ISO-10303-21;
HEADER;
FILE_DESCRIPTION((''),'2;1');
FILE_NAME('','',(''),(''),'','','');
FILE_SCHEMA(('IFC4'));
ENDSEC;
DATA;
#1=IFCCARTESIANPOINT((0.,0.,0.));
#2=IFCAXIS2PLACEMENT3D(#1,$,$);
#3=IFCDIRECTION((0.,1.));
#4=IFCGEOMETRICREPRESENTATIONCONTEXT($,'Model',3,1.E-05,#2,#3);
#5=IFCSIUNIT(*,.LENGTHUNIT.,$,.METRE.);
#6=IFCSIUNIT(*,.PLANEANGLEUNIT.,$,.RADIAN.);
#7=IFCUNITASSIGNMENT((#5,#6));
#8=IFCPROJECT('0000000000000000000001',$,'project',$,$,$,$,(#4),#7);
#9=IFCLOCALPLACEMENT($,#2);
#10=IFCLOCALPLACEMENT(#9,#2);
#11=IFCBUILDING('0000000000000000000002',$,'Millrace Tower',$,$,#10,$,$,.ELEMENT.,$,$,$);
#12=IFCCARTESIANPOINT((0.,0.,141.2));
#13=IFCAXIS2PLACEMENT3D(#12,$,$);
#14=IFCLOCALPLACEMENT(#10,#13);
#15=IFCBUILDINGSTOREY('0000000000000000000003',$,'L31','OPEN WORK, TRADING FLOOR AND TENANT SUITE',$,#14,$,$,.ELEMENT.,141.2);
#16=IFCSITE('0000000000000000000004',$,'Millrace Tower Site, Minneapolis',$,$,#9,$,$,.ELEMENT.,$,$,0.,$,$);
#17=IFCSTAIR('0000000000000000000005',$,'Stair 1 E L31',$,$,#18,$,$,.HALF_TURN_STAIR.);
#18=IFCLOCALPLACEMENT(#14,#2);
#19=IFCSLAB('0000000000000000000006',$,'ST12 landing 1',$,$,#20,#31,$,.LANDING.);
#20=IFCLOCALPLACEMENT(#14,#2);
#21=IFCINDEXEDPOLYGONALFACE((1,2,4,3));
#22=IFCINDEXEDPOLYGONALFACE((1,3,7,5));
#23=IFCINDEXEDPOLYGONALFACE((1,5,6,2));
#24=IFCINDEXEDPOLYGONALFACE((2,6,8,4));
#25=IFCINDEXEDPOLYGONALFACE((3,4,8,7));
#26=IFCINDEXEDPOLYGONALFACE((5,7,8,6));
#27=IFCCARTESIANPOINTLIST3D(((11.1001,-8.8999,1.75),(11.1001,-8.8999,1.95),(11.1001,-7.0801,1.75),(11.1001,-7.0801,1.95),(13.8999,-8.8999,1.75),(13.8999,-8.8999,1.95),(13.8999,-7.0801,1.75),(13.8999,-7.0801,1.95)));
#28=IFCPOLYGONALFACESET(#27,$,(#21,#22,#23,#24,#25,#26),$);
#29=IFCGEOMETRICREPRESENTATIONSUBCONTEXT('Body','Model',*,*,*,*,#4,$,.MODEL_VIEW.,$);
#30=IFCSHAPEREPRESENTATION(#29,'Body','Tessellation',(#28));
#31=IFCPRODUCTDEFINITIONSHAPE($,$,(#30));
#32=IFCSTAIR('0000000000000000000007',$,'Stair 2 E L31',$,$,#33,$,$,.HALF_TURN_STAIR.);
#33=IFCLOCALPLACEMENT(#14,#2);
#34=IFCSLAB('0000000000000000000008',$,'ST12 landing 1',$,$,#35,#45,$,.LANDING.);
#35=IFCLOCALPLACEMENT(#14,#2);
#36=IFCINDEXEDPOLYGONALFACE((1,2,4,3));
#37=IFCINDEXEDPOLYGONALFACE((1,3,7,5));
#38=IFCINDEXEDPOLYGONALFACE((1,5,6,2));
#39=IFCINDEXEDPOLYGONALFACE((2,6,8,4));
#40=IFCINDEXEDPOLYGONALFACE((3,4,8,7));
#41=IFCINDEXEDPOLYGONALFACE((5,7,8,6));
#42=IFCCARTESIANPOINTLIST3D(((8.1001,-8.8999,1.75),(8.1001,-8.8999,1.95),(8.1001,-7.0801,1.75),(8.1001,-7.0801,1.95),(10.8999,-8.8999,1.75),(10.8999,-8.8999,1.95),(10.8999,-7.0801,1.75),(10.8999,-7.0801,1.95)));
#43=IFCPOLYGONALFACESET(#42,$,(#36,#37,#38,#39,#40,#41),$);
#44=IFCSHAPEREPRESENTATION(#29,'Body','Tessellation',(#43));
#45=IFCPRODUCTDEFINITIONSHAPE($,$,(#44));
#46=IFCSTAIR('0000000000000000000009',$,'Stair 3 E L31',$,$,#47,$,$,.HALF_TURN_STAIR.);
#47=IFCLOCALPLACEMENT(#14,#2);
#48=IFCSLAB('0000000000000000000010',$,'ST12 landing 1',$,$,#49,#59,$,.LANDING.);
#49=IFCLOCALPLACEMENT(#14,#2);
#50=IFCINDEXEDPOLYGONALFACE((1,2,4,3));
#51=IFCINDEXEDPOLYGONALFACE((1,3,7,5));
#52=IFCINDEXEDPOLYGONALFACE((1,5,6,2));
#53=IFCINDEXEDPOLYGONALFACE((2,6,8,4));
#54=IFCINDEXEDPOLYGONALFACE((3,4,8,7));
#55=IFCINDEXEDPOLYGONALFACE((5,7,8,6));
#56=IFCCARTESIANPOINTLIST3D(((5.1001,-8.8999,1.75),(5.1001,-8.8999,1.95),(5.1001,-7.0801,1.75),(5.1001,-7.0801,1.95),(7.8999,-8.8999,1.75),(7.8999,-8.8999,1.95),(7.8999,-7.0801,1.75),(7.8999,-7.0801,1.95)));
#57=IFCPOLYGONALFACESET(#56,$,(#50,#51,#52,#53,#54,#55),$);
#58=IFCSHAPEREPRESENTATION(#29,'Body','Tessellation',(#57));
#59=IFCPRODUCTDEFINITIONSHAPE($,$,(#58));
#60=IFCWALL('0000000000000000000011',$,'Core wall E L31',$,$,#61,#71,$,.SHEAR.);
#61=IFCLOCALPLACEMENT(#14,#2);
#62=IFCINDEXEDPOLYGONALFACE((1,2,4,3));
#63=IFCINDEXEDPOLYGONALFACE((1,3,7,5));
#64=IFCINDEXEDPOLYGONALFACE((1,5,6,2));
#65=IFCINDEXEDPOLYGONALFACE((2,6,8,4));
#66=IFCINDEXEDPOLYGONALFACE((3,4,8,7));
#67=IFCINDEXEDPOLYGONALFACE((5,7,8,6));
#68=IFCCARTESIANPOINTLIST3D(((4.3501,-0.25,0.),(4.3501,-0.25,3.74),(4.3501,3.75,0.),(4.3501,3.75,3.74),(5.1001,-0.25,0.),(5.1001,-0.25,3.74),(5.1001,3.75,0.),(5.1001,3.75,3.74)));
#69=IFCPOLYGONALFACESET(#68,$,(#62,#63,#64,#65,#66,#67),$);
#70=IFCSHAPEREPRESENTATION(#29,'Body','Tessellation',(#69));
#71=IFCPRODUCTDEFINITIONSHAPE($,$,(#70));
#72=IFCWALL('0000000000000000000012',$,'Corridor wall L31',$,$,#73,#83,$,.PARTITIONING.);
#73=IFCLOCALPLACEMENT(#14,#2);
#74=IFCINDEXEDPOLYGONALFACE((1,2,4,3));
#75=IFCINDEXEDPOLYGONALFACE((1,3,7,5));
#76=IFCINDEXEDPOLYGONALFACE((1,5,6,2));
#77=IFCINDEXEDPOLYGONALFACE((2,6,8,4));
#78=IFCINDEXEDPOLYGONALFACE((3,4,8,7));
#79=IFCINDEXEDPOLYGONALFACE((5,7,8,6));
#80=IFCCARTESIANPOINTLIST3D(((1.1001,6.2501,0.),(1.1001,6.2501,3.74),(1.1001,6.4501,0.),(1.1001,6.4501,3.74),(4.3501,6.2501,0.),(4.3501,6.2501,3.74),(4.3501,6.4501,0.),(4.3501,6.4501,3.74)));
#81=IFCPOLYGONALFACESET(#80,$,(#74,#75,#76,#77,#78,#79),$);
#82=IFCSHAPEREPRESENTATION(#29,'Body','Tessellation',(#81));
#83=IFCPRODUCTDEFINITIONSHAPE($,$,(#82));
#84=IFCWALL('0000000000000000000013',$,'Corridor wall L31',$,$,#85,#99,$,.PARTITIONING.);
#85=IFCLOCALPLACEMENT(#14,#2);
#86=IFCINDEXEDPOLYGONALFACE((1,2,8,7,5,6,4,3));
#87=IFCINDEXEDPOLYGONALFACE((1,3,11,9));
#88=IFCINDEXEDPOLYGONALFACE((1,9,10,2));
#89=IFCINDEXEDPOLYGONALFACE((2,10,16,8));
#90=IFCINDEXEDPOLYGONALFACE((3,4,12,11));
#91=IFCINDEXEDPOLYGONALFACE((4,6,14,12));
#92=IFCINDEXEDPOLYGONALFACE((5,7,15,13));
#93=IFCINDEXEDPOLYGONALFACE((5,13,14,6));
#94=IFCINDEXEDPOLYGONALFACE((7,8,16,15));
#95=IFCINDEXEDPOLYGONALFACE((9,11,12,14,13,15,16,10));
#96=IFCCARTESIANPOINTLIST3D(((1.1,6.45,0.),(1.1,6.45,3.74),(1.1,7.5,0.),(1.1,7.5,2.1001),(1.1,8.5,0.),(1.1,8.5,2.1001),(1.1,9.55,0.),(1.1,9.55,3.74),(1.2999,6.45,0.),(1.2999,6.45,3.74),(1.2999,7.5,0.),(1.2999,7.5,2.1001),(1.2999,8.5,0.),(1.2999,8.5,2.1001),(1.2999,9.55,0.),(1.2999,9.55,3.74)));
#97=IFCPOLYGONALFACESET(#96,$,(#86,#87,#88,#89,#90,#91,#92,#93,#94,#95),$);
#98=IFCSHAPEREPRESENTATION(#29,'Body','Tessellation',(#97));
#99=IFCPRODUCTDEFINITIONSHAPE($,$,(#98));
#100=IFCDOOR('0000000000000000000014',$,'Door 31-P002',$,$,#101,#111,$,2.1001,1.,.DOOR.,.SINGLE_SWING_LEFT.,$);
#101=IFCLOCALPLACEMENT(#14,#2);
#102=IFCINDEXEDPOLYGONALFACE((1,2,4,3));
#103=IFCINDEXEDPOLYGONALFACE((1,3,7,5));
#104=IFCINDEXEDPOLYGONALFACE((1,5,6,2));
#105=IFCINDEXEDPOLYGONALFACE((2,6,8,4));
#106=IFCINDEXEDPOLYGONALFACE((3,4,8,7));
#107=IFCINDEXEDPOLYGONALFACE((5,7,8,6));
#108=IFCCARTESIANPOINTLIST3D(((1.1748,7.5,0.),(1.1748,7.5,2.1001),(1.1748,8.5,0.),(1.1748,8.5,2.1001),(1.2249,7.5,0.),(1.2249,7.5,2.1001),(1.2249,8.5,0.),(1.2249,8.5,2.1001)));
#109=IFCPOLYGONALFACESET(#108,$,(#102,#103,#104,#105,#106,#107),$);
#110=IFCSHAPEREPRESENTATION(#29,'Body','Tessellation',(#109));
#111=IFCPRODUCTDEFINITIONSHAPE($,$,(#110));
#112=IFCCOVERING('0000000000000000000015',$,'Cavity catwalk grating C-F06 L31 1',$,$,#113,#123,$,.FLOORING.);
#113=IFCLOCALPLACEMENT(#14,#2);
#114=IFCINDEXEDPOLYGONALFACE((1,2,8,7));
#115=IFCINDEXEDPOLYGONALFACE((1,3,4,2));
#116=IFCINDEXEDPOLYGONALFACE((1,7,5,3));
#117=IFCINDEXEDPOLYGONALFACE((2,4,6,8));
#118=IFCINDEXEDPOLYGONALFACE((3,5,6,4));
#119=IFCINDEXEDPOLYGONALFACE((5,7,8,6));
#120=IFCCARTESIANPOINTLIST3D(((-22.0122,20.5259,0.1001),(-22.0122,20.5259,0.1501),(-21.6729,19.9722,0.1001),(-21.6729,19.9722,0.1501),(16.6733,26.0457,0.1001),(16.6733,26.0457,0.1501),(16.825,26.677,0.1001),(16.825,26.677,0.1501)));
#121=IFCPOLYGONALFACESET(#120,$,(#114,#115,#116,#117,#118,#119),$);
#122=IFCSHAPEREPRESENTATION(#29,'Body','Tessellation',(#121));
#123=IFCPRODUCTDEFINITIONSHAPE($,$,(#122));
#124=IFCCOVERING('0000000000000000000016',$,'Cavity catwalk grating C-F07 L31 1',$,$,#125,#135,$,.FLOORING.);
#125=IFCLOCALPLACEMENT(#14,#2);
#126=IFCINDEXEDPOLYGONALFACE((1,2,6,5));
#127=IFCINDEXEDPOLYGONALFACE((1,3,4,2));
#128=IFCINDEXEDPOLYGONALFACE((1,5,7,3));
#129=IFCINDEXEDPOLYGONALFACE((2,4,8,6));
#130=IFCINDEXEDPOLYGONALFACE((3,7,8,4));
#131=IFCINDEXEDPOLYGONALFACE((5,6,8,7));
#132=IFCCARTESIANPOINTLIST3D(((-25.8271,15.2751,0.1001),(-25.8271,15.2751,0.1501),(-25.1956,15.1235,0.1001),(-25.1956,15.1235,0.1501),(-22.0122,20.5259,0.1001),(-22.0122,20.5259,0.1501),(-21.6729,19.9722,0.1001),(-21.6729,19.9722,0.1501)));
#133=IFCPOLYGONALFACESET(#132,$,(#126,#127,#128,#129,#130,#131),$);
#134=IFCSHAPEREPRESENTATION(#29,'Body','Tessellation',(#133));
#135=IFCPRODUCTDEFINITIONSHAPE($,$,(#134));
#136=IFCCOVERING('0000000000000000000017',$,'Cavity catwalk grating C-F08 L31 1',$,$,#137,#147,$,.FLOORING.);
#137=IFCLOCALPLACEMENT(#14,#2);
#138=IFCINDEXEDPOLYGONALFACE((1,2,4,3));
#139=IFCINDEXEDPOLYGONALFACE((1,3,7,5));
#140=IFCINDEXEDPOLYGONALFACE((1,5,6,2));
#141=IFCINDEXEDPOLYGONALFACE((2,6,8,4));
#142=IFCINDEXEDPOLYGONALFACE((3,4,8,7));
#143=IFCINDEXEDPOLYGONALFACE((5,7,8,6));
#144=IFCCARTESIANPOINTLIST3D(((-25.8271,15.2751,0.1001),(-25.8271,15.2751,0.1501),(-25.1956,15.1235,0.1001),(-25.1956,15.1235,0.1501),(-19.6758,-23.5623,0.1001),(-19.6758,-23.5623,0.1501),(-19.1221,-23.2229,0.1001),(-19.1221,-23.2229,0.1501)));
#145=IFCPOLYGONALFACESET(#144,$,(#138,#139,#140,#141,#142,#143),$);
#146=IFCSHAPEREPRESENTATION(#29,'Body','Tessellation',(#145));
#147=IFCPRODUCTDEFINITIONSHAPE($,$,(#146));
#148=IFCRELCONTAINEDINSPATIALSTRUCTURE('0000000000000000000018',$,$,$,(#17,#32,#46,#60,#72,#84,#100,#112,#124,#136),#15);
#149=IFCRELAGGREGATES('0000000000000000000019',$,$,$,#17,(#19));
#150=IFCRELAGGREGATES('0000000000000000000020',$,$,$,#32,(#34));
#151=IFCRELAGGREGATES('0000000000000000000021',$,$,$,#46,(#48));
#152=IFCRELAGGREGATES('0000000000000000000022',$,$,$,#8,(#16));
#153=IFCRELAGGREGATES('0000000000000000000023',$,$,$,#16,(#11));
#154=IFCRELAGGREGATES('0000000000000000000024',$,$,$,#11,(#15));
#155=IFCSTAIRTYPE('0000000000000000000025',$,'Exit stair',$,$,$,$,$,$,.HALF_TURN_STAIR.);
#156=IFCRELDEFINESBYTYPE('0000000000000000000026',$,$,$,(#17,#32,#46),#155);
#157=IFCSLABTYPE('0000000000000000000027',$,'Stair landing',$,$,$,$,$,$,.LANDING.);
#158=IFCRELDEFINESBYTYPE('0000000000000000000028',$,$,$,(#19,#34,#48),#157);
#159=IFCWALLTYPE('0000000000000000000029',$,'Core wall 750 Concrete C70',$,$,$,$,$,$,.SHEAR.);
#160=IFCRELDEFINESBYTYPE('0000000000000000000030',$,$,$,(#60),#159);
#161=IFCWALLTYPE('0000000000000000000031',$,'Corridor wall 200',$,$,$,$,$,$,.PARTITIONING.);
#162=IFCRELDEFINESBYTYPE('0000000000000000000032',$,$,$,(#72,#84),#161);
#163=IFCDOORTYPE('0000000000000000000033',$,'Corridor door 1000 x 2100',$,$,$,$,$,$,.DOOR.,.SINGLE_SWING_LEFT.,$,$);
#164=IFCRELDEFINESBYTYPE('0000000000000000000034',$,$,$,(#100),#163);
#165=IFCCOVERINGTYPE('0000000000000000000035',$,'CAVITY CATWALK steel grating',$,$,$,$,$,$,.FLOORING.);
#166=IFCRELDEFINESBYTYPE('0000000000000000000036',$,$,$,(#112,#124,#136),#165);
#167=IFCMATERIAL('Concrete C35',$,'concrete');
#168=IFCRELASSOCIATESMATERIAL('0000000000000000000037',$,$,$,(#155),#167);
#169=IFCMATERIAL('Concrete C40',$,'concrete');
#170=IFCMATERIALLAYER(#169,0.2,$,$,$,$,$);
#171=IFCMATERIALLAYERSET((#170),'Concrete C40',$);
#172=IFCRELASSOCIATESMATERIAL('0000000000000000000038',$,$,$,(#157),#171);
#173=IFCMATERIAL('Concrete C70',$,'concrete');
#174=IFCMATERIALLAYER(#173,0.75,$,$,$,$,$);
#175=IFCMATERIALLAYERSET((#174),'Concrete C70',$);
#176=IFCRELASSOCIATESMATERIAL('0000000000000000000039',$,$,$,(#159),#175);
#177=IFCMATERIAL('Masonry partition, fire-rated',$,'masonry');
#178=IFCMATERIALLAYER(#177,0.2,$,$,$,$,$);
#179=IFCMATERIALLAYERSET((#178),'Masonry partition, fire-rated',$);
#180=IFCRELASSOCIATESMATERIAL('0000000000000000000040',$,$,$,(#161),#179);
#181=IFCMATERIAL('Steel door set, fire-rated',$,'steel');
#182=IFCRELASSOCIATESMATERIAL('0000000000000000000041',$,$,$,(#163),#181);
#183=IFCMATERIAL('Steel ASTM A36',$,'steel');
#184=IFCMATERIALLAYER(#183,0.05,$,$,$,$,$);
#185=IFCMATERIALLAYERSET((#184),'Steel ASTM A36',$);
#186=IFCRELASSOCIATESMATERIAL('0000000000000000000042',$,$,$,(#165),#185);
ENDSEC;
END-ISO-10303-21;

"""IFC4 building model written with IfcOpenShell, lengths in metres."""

from ifc_helpers import new_model, si_unit, direction, frame, frame_2d, origin, place, context, subcontext, project, spatial, polyline, rectangle, outline, extrude, material, layer, layer_set, type_object, element, fill, aggregate, save


model = new_model("IFC4")

# Units and contexts
model_context = context("Model", 3, precision=1e-05, world=origin(), true_north=direction((0.0, 1.0)))
body_context = subcontext(model_context, "Body", "Model", "MODEL_VIEW")
ifc_project = project(units=[si_unit("LENGTHUNIT", "METRE"), si_unit("PLANEANGLEUNIT", "RADIAN")], contexts=[model_context])

# Site, building, storey
site_placement = place(None, origin())
site = spatial("IfcSite", under=ifc_project, at=site_placement, Name="Millrace Tower Site, Minneapolis", CompositionType="ELEMENT", RefElevation=0.0)
building_placement = place(site_placement, origin())
building = spatial("IfcBuilding", under=site, at=building_placement, Name="Millrace Tower", CompositionType="ELEMENT")
storey_placement = place(building_placement, frame((0.0, 0.0, 141.2)))
storey = spatial("IfcBuildingStorey", under=building, at=storey_placement, Name="L31", Description="OPEN WORK, TRADING FLOOR AND TENANT SUITE", CompositionType="ELEMENT", Elevation=141.2)

# Shared definitions
placement_1 = place(storey_placement, origin())

# Stairs, slabs
ifc_material_1 = material(Name="Concrete C35", Category="concrete")
stair_type = type_object("IfcStairType", Name="Exit stair", PredefinedType="HALF_TURN_STAIR", material=ifc_material_1)
ifc_material_2 = material(Name="Concrete C40", Category="concrete")
ifc_layer_1 = layer(ifc_material_2, 0.2)
ifc_layer_set_1 = layer_set([ifc_layer_1], Name="Concrete C40")
slab_type = type_object("IfcSlabType", Name="Stair landing", PredefinedType="LANDING", material=ifc_layer_set_1)
placement_2 = place(storey_placement, frame((0.0, 0.0, 1.75)))
stair_1 = element("IfcStair", 1, at=placement_1, inside=storey, type_object=stair_type, Name="Stair 1 E L31", PredefinedType="HALF_TURN_STAIR")
slab_1 = element("IfcSlab", 2, at=placement_2, type_object=slab_type, Name="ST12 landing 1", PredefinedType="LANDING", context=body_context, shape_type="SweptSolid", body=[
    extrude(outline(polyline([(11.1001, -8.8999), (13.8999, -8.8999), (13.8999, -7.0801), (11.1001, -7.0801), (11.1001, -8.8999)])), origin(), (0.0, 0.0, 1.0), 0.2),
])
aggregate(stair_1, [slab_1])
stair_2 = element("IfcStair", 3, at=placement_1, inside=storey, type_object=stair_type, Name="Stair 2 E L31", PredefinedType="HALF_TURN_STAIR")
slab_2 = element("IfcSlab", 4, at=placement_2, type_object=slab_type, Name="ST12 landing 1", PredefinedType="LANDING", context=body_context, shape_type="SweptSolid", body=[
    extrude(outline(polyline([(8.1001, -8.8999), (10.8999, -8.8999), (10.8999, -7.0801), (8.1001, -7.0801), (8.1001, -8.8999)])), origin(), (0.0, 0.0, 1.0), 0.2),
])
aggregate(stair_2, [slab_2])
stair_3 = element("IfcStair", 5, at=placement_1, inside=storey, type_object=stair_type, Name="Stair 3 E L31", PredefinedType="HALF_TURN_STAIR")
slab_3 = element("IfcSlab", 6, at=placement_2, type_object=slab_type, Name="ST12 landing 1", PredefinedType="LANDING", context=body_context, shape_type="SweptSolid", body=[
    extrude(outline(polyline([(5.1001, -8.8999), (7.8999, -8.8999), (7.8999, -7.0801), (5.1001, -7.0801), (5.1001, -8.8999)])), origin(), (0.0, 0.0, 1.0), 0.2),
])
aggregate(stair_3, [slab_3])

# Walls
ifc_material_3 = material(Name="Concrete C70", Category="concrete")
ifc_layer_2 = layer(ifc_material_3, 0.75)
ifc_layer_set_2 = layer_set([ifc_layer_2], Name="Concrete C70")
wall_type_1 = type_object("IfcWallType", Name="Core wall 750 Concrete C70", PredefinedType="SHEAR", material=ifc_layer_set_2)
wall_1_placement = place(storey_placement, frame((4.7251, 3.75, 0.0), z_axis=(0.0, 0.0, 1.0), x_axis=(0.0, -1.0, 0.0)))
element("IfcWall", 7, at=wall_1_placement, inside=storey, type_object=wall_type_1, Name="Core wall E L31", PredefinedType="SHEAR", context=body_context, shape_type="SweptSolid", body=[
    extrude(rectangle(XDim=4.0, YDim=0.75, at=frame_2d((2.0, 0.0))), origin(), (0.0, 0.0, 1.0), 3.74),
])
ifc_material_4 = material(Name="Masonry partition, fire-rated", Category="masonry")
ifc_layer_3 = layer(ifc_material_4, 0.2)
ifc_layer_set_3 = layer_set([ifc_layer_3], Name="Masonry partition, fire-rated")
wall_type_2 = type_object("IfcWallType", Name="Corridor wall 200", PredefinedType="PARTITIONING", material=ifc_layer_set_3)
wall_2_placement = place(storey_placement, frame((1.1001, 6.3501, 0.0), z_axis=(0.0, 0.0, 1.0), x_axis=(1.0, 0.0, 0.0)))
element("IfcWall", 8, at=wall_2_placement, inside=storey, type_object=wall_type_2, Name="Corridor wall L31", PredefinedType="PARTITIONING", context=body_context, shape_type="SweptSolid", body=[
    extrude(rectangle(XDim=3.25, YDim=0.2, at=frame_2d((1.625, 0.0))), origin(), (0.0, 0.0, 1.0), 3.74),
])

# Wall, opening, door
wall_3_placement = place(storey_placement, frame((1.2, 6.45, 0.0), z_axis=(0.0, 0.0, 1.0), x_axis=(0.0, 1.0, 0.0)))
wall_3 = element("IfcWall", 9, at=wall_3_placement, inside=storey, type_object=wall_type_2, Name="Corridor wall L31", PredefinedType="PARTITIONING", context=body_context, shape_type="SweptSolid", body=[
    extrude(rectangle(XDim=3.1001, YDim=0.2, at=frame_2d((1.55, 0.0))), origin(), (0.0, 0.0, 1.0), 3.74),
])
opening_placement = place(wall_3_placement, frame((1.05, 0.0, 0.0)))
opening = element("IfcOpeningElement", 10, at=opening_placement, cuts=wall_3, PredefinedType="OPENING", context=body_context, shape_type="SweptSolid", body=[
    extrude(rectangle(XDim=1.0, YDim=2.1001, at=frame_2d((0.5, 1.05))), frame((0.0, 0.1099, 0.0), z_axis=(0.0, -1.0, 0.0), x_axis=(1.0, 0.0, 0.0)), (0.0, 0.0, 1.0), 0.22),
])
ifc_material_5 = material(Name="Steel door set, fire-rated", Category="steel")
door_type = type_object("IfcDoorType", Name="Corridor door 1000 x 2100", OperationType="SINGLE_SWING_LEFT", PredefinedType="DOOR", material=ifc_material_5)
door_placement = place(opening_placement, frame((1.0, 0.0, 0.0), z_axis=(0.0, 0.0, 1.0), x_axis=(-1.0, 0.0, 0.0)))
door = element("IfcDoor", 11, at=door_placement, inside=storey, type_object=door_type, Name="Door 31-P002", OperationType="SINGLE_SWING_LEFT", OverallHeight=2.1001, OverallWidth=1.0, PredefinedType="DOOR", context=body_context, shape_type="SweptSolid", body=[
    extrude(rectangle(XDim=1.0, YDim=2.1001, at=frame_2d((0.5, 1.05))), frame((0.0, 0.0249, 0.0), z_axis=(0.0, -1.0, 0.0), x_axis=(1.0, 0.0, 0.0)), (0.0, 0.0, 1.0), 0.05),
])
fill(opening, door)

# Coverings
ifc_material_6 = material(Name="Steel ASTM A36", Category="steel")
ifc_layer_4 = layer(ifc_material_6, 0.05)
ifc_layer_set_4 = layer_set([ifc_layer_4], Name="Steel ASTM A36")
covering_type = type_object("IfcCoveringType", Name="CAVITY CATWALK steel grating", PredefinedType="FLOORING", material=ifc_layer_set_4)
placement_3 = place(storey_placement, frame((0.0, 0.0, 0.1001)))
element("IfcCovering", 12, at=placement_3, inside=storey, type_object=covering_type, Name="Cavity catwalk grating C-F06 L31 1", PredefinedType="FLOORING", context=body_context, shape_type="SweptSolid", body=[
    extrude(outline(polyline([(16.825, 26.677), (-22.0122, 20.5259), (-21.6729, 19.9722), (16.6733, 26.0457), (16.825, 26.677)])), origin(), (0.0, 0.0, 1.0), 0.05),
])
element("IfcCovering", 13, at=placement_3, inside=storey, type_object=covering_type, Name="Cavity catwalk grating C-F07 L31 1", PredefinedType="FLOORING", context=body_context, shape_type="SweptSolid", body=[
    extrude(outline(polyline([(-22.0122, 20.5259), (-25.8271, 15.2751), (-25.1956, 15.1235), (-21.6729, 19.9722), (-22.0122, 20.5259)])), origin(), (0.0, 0.0, 1.0), 0.05),
])
element("IfcCovering", 14, at=placement_3, inside=storey, type_object=covering_type, Name="Cavity catwalk grating C-F08 L31 1", PredefinedType="FLOORING", context=body_context, shape_type="SweptSolid", body=[
    extrude(outline(polyline([(-25.8271, 15.2751), (-19.6758, -23.5623), (-19.1221, -23.2229), (-25.1956, 15.1235), (-25.8271, 15.2751)])), origin(), (0.0, 0.0, 1.0), 0.05),
])

save(model, "model.ifc")
